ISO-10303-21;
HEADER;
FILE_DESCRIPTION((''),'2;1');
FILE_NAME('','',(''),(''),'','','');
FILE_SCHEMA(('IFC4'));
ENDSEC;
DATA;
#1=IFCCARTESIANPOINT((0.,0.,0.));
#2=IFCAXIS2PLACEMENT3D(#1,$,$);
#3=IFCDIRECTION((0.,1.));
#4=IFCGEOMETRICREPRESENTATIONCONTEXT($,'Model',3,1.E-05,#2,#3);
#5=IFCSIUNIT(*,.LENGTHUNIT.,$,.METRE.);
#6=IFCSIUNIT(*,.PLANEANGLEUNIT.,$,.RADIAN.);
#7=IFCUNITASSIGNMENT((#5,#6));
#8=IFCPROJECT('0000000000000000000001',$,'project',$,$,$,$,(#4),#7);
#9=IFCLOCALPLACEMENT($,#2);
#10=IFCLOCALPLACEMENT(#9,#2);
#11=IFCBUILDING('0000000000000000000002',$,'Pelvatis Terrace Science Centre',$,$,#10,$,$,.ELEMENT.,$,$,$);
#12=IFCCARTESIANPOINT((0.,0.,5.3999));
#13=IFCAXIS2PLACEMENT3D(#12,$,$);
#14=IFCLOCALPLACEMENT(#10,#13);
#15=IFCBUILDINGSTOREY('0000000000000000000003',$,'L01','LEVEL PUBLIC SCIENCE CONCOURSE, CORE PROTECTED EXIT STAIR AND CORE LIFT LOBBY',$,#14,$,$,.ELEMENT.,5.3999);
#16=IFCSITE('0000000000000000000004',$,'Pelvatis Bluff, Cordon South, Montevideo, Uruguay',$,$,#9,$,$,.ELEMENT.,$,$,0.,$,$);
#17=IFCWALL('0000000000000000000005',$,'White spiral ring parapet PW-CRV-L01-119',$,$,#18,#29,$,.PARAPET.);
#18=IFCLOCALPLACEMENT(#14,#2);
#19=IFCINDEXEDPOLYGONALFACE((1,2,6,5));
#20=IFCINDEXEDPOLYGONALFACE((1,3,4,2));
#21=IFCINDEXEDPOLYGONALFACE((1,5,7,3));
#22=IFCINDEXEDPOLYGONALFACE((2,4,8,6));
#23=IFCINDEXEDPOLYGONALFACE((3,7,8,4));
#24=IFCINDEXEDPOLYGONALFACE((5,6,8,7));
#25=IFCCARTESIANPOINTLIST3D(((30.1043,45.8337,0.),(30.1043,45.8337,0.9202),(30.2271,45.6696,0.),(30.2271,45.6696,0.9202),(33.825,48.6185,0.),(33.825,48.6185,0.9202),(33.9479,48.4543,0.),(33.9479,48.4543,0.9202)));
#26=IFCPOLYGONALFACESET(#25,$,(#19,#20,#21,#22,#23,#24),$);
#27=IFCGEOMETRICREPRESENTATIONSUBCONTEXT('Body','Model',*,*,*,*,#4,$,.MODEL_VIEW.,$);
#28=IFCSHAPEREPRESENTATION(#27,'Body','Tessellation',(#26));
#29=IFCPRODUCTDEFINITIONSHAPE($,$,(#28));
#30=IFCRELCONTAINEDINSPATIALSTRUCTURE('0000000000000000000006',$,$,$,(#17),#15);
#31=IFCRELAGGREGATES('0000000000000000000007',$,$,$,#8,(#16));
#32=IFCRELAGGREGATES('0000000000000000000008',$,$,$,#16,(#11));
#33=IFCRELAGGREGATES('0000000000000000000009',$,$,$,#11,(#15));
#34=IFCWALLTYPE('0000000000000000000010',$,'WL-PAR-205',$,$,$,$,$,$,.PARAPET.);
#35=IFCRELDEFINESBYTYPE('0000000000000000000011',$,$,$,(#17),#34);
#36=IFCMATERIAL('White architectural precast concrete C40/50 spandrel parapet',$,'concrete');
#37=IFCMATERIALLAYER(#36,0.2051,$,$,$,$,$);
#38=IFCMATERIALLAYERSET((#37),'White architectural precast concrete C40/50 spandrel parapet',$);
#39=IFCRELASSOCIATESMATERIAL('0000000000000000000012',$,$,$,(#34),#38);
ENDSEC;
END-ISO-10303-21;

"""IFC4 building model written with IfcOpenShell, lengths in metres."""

from ifc_helpers import new_model, si_unit, direction, frame, frame_2d, origin, place, context, subcontext, project, spatial, rectangle, extrude, material, layer, layer_set, type_object, element, save


model = new_model("IFC4")

# Units and contexts
model_context = context("Model", 3, precision=1e-05, world=origin(), true_north=direction((0.0, 1.0)))
body_context = subcontext(model_context, "Body", "Model", "MODEL_VIEW")
ifc_project = project(units=[si_unit("LENGTHUNIT", "METRE"), si_unit("PLANEANGLEUNIT", "RADIAN")], contexts=[model_context])

# Site, building, storey
site_placement = place(None, origin())
site = spatial("IfcSite", under=ifc_project, at=site_placement, Name="Pelvatis Bluff, Cordon South, Montevideo, Uruguay", CompositionType="ELEMENT", RefElevation=0.0)
building_placement = place(site_placement, origin())
building = spatial("IfcBuilding", under=site, at=building_placement, Name="Pelvatis Terrace Science Centre", CompositionType="ELEMENT")
storey_placement = place(building_placement, frame((0.0, 0.0, 5.3999)))
storey = spatial("IfcBuildingStorey", under=building, at=storey_placement, Name="L01", Description="LEVEL PUBLIC SCIENCE CONCOURSE, CORE PROTECTED EXIT STAIR AND CORE LIFT LOBBY", CompositionType="ELEMENT", Elevation=5.3999)

# Wall
ifc_material_1 = material(Name="White architectural precast concrete C40/50 spandrel parapet", Category="concrete")
ifc_layer_1 = layer(ifc_material_1, 0.2051)
ifc_layer_set_1 = layer_set([ifc_layer_1], Name="White architectural precast concrete C40/50 spandrel parapet")
wall_type_1 = type_object("IfcWallType", Name="WL-PAR-205", PredefinedType="PARAPET", material=ifc_layer_set_1)
wall_1_placement = place(storey_placement, frame((33.8865, 48.5364, 0.0), z_axis=(0.0, 0.0, 1.0), x_axis=(-0.800605, -0.599193, 0.0)))
element("IfcWall", 1, at=wall_1_placement, inside=storey, type_object=wall_type_1, Name="White spiral ring parapet PW-CRV-L01-119", PredefinedType="PARAPET", context=body_context, shape_type="SweptSolid", body=[
    extrude(rectangle(XDim=4.6475, YDim=0.2051, at=frame_2d((2.3237, 0.0))), origin(), (0.0, 0.0, 1.0), 0.9202),
])

save(model, "model.ifc")
